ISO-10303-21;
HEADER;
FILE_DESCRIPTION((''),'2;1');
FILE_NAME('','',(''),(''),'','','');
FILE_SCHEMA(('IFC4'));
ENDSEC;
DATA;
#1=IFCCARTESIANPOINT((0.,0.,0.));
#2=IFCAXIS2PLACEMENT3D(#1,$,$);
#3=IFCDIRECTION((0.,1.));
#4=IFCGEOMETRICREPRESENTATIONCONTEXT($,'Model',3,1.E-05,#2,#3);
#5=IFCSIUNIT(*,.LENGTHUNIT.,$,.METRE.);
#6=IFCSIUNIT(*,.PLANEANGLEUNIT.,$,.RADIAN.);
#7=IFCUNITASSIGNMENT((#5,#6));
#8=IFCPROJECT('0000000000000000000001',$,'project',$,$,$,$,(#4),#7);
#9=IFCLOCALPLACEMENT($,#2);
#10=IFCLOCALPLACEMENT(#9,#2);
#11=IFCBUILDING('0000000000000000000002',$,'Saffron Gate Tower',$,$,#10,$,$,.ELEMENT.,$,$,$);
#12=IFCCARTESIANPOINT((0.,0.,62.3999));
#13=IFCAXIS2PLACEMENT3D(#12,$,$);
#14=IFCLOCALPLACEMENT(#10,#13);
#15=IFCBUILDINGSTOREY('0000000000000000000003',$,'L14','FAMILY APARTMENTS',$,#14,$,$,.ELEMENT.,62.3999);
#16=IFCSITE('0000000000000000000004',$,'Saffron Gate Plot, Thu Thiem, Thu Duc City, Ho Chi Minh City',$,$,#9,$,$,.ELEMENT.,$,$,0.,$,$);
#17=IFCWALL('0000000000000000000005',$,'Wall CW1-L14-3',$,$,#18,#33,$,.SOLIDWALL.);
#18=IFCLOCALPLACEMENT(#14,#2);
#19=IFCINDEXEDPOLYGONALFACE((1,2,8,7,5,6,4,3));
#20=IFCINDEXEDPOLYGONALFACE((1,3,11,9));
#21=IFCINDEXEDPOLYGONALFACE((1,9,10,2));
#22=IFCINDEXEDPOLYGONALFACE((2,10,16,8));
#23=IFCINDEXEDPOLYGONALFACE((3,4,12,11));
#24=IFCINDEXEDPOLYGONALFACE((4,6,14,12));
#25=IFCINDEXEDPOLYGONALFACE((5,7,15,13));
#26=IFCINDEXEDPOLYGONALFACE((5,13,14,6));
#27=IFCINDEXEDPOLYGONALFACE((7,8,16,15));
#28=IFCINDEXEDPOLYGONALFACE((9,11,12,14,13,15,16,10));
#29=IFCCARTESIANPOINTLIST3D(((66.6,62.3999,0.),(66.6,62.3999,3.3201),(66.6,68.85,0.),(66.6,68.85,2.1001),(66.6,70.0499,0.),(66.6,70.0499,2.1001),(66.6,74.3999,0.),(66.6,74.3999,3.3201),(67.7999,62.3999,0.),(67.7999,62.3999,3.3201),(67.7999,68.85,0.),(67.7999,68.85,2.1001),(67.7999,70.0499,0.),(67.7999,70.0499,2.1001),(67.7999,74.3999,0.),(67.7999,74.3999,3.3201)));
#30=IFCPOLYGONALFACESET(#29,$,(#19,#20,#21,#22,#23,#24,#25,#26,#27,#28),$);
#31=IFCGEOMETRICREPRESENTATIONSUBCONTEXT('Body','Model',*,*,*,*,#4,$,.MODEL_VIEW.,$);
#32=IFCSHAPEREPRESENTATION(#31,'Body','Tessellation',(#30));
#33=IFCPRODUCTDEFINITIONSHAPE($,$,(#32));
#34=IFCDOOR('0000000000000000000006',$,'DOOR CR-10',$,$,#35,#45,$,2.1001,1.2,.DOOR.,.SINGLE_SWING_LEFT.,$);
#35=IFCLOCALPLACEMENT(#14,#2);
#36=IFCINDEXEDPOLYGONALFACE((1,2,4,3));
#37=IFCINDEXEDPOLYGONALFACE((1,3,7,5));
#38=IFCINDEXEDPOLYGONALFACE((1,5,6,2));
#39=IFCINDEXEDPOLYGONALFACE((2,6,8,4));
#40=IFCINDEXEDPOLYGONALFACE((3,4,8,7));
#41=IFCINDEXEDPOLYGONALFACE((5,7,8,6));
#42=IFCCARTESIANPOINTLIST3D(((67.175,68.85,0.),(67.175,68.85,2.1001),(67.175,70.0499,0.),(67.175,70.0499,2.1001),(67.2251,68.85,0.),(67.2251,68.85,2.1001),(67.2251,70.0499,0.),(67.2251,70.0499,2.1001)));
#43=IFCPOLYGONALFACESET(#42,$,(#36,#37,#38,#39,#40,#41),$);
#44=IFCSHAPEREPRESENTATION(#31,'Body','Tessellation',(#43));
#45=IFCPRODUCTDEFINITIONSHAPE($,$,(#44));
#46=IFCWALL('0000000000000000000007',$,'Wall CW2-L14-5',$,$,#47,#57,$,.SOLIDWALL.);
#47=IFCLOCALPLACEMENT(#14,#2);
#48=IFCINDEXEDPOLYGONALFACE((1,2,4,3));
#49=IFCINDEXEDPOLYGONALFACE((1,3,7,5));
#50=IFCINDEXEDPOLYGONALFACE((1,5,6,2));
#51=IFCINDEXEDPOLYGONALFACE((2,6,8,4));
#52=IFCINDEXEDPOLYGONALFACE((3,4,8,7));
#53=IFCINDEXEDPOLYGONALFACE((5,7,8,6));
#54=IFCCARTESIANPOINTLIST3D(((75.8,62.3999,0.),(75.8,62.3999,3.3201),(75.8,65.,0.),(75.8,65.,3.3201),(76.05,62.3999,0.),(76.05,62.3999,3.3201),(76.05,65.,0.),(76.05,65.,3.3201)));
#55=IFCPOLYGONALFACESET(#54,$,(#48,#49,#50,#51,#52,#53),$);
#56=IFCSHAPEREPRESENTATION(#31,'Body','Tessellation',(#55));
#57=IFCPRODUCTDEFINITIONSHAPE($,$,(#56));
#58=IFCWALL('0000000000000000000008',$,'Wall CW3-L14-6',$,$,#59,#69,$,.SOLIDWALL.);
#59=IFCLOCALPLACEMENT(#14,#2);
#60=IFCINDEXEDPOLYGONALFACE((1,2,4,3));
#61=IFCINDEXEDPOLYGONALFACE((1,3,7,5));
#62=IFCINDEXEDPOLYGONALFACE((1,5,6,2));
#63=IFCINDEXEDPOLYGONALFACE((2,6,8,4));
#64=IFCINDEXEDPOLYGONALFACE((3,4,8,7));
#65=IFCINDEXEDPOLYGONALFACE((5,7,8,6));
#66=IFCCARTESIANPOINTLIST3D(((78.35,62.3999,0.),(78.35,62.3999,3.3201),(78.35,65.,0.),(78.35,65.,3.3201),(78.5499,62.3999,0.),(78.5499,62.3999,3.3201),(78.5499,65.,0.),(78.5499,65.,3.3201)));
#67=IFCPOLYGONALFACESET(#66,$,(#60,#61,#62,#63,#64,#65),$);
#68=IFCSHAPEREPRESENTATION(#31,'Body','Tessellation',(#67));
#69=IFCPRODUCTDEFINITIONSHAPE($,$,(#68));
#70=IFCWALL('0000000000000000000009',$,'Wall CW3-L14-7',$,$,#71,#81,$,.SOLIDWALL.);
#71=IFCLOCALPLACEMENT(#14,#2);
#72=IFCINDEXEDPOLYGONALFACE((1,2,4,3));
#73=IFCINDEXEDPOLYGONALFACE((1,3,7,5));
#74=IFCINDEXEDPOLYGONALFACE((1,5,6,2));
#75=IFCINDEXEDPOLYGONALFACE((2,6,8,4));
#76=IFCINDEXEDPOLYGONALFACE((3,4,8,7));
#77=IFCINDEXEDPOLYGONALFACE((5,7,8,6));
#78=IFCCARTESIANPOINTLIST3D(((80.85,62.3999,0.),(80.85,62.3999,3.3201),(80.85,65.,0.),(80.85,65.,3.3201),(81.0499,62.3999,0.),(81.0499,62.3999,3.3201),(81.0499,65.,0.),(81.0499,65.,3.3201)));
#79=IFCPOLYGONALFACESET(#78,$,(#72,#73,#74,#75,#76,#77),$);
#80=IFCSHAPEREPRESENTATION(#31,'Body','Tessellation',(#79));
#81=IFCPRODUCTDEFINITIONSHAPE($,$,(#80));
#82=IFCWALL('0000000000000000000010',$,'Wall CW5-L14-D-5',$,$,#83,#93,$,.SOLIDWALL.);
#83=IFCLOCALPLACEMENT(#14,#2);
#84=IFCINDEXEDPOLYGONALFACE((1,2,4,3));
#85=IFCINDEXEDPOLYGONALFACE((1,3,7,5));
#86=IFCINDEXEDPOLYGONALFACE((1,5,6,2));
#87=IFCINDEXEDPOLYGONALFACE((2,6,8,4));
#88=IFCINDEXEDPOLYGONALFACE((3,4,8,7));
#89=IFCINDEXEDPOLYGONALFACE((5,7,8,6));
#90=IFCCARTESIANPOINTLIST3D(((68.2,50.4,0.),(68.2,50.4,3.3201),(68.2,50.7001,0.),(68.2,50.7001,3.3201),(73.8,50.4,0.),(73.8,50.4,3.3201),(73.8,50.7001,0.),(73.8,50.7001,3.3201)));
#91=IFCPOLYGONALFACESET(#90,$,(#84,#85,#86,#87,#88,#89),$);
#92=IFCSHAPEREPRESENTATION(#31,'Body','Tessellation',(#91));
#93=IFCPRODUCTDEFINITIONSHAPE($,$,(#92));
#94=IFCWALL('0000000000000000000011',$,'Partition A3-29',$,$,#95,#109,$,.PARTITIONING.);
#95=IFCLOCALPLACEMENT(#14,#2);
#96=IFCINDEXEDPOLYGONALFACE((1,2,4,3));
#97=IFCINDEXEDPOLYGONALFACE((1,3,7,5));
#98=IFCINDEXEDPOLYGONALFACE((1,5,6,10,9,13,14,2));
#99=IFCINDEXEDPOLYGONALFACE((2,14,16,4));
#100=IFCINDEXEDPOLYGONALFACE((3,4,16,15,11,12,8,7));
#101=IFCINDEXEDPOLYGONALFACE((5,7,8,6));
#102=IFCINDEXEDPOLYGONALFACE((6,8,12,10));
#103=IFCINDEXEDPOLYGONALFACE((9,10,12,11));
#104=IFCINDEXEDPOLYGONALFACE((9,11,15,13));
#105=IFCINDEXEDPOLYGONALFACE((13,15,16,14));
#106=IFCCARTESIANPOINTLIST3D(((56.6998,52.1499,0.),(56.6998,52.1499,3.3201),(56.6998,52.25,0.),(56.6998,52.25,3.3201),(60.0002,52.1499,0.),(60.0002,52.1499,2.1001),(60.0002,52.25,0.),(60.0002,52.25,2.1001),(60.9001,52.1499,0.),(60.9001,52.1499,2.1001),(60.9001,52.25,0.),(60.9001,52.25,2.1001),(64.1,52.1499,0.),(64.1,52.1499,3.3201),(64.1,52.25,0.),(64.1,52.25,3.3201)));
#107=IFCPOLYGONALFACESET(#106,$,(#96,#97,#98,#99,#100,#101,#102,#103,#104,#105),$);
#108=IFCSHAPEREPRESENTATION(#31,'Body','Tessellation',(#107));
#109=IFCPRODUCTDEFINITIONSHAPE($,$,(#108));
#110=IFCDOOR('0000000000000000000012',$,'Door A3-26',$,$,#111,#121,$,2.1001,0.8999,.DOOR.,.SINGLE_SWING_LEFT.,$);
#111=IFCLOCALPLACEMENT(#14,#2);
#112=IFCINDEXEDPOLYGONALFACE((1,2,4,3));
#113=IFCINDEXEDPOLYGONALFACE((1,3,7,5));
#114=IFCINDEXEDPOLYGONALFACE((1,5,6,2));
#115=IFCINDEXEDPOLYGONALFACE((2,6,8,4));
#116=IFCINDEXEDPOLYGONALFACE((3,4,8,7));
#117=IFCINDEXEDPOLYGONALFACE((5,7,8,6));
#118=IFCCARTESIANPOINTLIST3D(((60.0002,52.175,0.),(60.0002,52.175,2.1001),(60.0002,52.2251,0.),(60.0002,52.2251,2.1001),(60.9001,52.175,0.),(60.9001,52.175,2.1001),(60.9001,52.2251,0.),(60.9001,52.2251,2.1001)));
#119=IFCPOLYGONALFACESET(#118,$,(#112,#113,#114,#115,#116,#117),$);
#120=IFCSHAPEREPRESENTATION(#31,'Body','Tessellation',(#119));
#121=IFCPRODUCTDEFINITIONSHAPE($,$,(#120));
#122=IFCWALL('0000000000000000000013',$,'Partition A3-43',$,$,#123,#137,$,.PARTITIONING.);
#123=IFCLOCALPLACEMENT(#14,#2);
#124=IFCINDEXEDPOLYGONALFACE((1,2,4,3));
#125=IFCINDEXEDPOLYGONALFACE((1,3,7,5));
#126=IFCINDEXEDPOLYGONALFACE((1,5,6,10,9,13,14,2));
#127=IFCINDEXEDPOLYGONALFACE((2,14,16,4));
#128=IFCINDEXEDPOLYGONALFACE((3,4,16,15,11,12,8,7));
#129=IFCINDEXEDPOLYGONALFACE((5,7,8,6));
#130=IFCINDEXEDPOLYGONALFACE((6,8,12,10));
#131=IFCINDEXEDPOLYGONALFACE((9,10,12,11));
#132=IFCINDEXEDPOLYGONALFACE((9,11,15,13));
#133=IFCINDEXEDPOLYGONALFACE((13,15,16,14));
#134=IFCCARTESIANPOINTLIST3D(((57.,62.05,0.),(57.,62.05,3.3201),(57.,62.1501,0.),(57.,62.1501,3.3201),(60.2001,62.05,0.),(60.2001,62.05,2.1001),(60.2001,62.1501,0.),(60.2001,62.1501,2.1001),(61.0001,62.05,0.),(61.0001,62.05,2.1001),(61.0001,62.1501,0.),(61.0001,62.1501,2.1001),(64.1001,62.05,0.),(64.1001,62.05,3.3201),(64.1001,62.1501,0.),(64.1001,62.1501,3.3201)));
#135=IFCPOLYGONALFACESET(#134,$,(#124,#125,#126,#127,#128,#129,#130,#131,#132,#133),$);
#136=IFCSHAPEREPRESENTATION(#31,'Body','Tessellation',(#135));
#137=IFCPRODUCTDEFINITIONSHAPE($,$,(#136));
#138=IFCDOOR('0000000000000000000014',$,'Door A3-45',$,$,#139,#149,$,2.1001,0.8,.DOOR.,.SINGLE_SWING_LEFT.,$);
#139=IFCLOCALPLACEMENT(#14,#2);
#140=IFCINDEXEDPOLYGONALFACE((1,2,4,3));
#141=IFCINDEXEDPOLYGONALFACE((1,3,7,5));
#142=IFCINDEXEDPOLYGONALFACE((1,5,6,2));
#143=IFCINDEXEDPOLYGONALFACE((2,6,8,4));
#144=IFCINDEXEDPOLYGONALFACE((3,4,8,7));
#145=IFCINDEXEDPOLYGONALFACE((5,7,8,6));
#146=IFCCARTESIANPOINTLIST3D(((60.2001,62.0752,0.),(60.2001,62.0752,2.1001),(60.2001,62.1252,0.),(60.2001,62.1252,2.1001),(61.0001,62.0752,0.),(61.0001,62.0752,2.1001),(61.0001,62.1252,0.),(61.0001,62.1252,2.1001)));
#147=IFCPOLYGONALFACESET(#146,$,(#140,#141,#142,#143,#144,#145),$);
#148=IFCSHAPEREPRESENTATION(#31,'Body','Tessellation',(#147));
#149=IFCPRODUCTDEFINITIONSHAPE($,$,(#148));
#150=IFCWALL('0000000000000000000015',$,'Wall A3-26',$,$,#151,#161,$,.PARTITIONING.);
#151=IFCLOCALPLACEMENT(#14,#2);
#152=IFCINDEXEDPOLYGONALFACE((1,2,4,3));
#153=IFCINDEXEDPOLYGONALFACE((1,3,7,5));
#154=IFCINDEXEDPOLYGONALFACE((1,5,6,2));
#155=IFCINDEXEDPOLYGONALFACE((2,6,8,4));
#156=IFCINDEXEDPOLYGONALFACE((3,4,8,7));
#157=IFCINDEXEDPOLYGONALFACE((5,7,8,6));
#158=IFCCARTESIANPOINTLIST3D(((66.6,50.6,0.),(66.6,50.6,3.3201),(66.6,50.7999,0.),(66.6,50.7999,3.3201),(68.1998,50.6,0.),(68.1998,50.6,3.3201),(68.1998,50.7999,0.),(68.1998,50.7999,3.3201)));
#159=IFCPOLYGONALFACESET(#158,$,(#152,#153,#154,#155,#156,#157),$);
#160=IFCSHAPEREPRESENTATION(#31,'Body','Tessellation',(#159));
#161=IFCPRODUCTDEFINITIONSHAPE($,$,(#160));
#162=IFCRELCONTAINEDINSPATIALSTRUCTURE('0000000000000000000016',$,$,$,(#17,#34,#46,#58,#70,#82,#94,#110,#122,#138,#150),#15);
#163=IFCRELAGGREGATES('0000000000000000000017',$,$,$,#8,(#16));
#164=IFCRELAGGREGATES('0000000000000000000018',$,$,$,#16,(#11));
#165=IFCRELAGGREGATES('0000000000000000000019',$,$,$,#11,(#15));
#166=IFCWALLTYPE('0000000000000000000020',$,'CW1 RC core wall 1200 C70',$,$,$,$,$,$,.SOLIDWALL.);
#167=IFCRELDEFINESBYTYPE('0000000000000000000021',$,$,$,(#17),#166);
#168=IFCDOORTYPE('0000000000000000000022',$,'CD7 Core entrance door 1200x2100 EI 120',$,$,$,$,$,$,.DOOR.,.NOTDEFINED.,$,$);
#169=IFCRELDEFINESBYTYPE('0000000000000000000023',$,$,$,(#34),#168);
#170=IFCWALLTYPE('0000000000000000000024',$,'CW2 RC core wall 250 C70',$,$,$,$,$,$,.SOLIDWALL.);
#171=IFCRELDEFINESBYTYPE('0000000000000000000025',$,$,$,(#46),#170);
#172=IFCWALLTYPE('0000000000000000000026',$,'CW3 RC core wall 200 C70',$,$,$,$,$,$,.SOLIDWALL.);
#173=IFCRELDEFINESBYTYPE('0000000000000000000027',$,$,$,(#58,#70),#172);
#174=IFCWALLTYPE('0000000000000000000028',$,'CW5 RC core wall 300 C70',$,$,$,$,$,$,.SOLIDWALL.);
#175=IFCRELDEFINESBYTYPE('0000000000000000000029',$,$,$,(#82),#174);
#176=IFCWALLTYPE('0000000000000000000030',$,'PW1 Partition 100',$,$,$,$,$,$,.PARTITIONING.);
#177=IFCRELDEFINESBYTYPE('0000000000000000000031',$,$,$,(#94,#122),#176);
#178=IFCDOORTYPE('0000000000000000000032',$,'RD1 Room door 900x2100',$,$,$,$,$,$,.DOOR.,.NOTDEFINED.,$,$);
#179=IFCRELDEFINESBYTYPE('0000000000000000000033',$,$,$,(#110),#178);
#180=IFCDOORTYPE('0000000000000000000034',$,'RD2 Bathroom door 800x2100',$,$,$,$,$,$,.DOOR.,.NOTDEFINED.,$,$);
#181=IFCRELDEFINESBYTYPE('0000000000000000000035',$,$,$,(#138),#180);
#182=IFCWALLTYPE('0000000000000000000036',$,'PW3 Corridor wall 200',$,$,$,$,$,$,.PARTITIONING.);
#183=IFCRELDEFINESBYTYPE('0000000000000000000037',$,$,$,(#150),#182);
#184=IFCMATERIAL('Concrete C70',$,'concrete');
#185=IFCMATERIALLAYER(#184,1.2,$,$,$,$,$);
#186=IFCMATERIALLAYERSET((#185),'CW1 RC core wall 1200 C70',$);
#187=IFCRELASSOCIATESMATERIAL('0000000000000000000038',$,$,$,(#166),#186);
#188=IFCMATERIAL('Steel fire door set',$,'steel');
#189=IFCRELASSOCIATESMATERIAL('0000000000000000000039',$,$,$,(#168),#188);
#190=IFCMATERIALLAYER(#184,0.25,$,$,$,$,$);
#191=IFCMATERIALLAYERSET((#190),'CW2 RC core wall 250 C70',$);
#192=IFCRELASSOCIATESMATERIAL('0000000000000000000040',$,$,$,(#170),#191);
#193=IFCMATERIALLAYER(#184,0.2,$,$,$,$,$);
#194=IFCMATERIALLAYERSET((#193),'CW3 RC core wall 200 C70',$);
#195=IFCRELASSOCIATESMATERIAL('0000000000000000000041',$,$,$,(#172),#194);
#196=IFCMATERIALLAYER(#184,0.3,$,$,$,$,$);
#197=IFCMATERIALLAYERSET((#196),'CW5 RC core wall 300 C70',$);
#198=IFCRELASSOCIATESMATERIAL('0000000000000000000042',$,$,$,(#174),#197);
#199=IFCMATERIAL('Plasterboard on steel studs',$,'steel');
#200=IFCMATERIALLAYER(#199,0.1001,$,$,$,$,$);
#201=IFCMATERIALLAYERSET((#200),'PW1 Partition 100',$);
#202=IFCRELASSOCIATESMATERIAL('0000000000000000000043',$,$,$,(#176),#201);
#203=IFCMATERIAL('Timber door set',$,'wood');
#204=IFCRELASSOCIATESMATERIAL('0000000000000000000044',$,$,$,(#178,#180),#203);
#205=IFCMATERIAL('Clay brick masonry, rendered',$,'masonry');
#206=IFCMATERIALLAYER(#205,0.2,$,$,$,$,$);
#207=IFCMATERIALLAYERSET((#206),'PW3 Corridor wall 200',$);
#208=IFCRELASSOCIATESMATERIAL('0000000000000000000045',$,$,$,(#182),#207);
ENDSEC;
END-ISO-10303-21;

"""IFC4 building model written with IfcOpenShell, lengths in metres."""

from ifc_helpers import new_model, si_unit, direction, frame, frame_2d, origin, place, context, subcontext, project, spatial, rectangle, extrude, material, layer, layer_set, type_object, element, fill, save


model = new_model("IFC4")

# Units and contexts
model_context = context("Model", 3, precision=1e-05, world=origin(), true_north=direction((0.0, 1.0)))
body_context = subcontext(model_context, "Body", "Model", "MODEL_VIEW")
ifc_project = project(units=[si_unit("LENGTHUNIT", "METRE"), si_unit("PLANEANGLEUNIT", "RADIAN")], contexts=[model_context])

# Site, building, storey
site_placement = place(None, origin())
site = spatial("IfcSite", under=ifc_project, at=site_placement, Name="Saffron Gate Plot, Thu Thiem, Thu Duc City, Ho Chi Minh City", CompositionType="ELEMENT", RefElevation=0.0)
building_placement = place(site_placement, origin())
building = spatial("IfcBuilding", under=site, at=building_placement, Name="Saffron Gate Tower", CompositionType="ELEMENT")
storey_placement = place(building_placement, frame((0.0, 0.0, 62.3999)))
storey = spatial("IfcBuildingStorey", under=building, at=storey_placement, Name="L14", Description="FAMILY APARTMENTS", CompositionType="ELEMENT", Elevation=62.3999)

# Wall, opening, door
ifc_material_1 = material(Name="Concrete C70", Category="concrete")
ifc_layer_1 = layer(ifc_material_1, 1.2)
ifc_layer_set_1 = layer_set([ifc_layer_1], Name="CW1 RC core wall 1200 C70")
wall_type_1 = type_object("IfcWallType", Name="CW1 RC core wall 1200 C70", PredefinedType="SOLIDWALL", material=ifc_layer_set_1)
ifc_material_2 = material(Name="Steel fire door set", Category="steel")
wall_1_placement = place(storey_placement, frame((67.2, 62.3999, 0.0), z_axis=(0.0, 0.0, 1.0), x_axis=(0.0, 1.0, 0.0)))
wall_1 = element("IfcWall", 1, at=wall_1_placement, inside=storey, type_object=wall_type_1, Name="Wall CW1-L14-3", PredefinedType="SOLIDWALL", context=body_context, shape_type="SweptSolid", body=[
    extrude(rectangle(XDim=12.0, YDim=1.2, at=frame_2d((6.0, 0.0))), origin(), (0.0, 0.0, 1.0), 3.3201),
])
opening_1_placement = place(wall_1_placement, frame((6.45, 0.0, 0.0)))
opening_1 = element("IfcOpeningElement", 2, at=opening_1_placement, cuts=wall_1, PredefinedType="OPENING", context=body_context, shape_type="SweptSolid", body=[
    extrude(rectangle(XDim=1.2, YDim=2.1001, at=frame_2d((0.6001, 1.05))), frame((0.0, 0.6099, 0.0), z_axis=(0.0, -1.0, 0.0), x_axis=(1.0, 0.0, 0.0)), (0.0, 0.0, 1.0), 1.22),
])
door_type_1 = type_object("IfcDoorType", Name="CD7 Core entrance door 1200x2100 EI 120", OperationType="NOTDEFINED", PredefinedType="DOOR", material=ifc_material_2)
door_1_placement = place(opening_1_placement, origin())
door_1 = element("IfcDoor", 3, at=door_1_placement, inside=storey, type_object=door_type_1, Name="DOOR CR-10", OperationType="SINGLE_SWING_LEFT", OverallHeight=2.1001, OverallWidth=1.2, PredefinedType="DOOR", context=body_context, shape_type="SweptSolid", body=[
    extrude(rectangle(XDim=1.2, YDim=2.1001, at=frame_2d((0.6001, 1.05))), frame((0.0, 0.0249, 0.0), z_axis=(0.0, -1.0, 0.0), x_axis=(1.0, 0.0, 0.0)), (0.0, 0.0, 1.0), 0.05),
])
fill(opening_1, door_1)

# Walls
ifc_layer_2 = layer(ifc_material_1, 0.25)
ifc_layer_set_2 = layer_set([ifc_layer_2], Name="CW2 RC core wall 250 C70")
wall_type_2 = type_object("IfcWallType", Name="CW2 RC core wall 250 C70", PredefinedType="SOLIDWALL", material=ifc_layer_set_2)
wall_2_placement = place(storey_placement, frame((75.925, 62.3999, 0.0), z_axis=(0.0, 0.0, 1.0), x_axis=(0.0, 1.0, 0.0)))
element("IfcWall", 4, at=wall_2_placement, inside=storey, type_object=wall_type_2, Name="Wall CW2-L14-5", PredefinedType="SOLIDWALL", context=body_context, shape_type="SweptSolid", body=[
    extrude(rectangle(XDim=2.6001, YDim=0.25, at=frame_2d((1.3, 0.0))), origin(), (0.0, 0.0, 1.0), 3.3201),
])
ifc_layer_3 = layer(ifc_material_1, 0.2)
ifc_layer_set_3 = layer_set([ifc_layer_3], Name="CW3 RC core wall 200 C70")
wall_type_3 = type_object("IfcWallType", Name="CW3 RC core wall 200 C70", PredefinedType="SOLIDWALL", material=ifc_layer_set_3)
for number, where, z_axis, x_axis, name in (
    (5, (78.45, 62.3999, 0.0), (0.0, 0.0, 1.0), (0.0, 1.0, 0.0), "Wall CW3-L14-6"),
    (6, (80.95, 62.3999, 0.0), (0.0, 0.0, 1.0), (0.0, 1.0, 0.0), "Wall CW3-L14-7"),
):
    element("IfcWall", number, at=place(storey_placement, frame(where, z_axis=z_axis, x_axis=x_axis)), inside=storey, type_object=wall_type_3, Name=name, PredefinedType="SOLIDWALL", context=body_context, shape_type="SweptSolid", body=[
        extrude(rectangle(XDim=2.6001, YDim=0.2, at=frame_2d((1.3, 0.0))), origin(), (0.0, 0.0, 1.0), 3.3201),
    ])
ifc_layer_4 = layer(ifc_material_1, 0.3)
ifc_layer_set_4 = layer_set([ifc_layer_4], Name="CW5 RC core wall 300 C70")
wall_type_4 = type_object("IfcWallType", Name="CW5 RC core wall 300 C70", PredefinedType="SOLIDWALL", material=ifc_layer_set_4)
wall_3_placement = place(storey_placement, frame((68.2, 50.55, 0.0), z_axis=(0.0, 0.0, 1.0), x_axis=(1.0, 0.0, 0.0)))
element("IfcWall", 7, at=wall_3_placement, inside=storey, type_object=wall_type_4, Name="Wall CW5-L14-D-5", PredefinedType="SOLIDWALL", context=body_context, shape_type="SweptSolid", body=[
    extrude(rectangle(XDim=5.6001, YDim=0.3, at=frame_2d((2.8, 0.0))), origin(), (0.0, 0.0, 1.0), 3.3201),
])

# Walls, openings, doors
ifc_material_3 = material(Name="Plasterboard on steel studs", Category="steel")
ifc_layer_5 = layer(ifc_material_3, 0.1001)
ifc_layer_set_5 = layer_set([ifc_layer_5], Name="PW1 Partition 100")
wall_type_5 = type_object("IfcWallType", Name="PW1 Partition 100", PredefinedType="PARTITIONING", material=ifc_layer_set_5)
wall_4_placement = place(storey_placement, frame((64.1001, 52.2, 0.0), z_axis=(0.0, 0.0, 1.0), x_axis=(-1.0, 0.0, 0.0)))
wall_4 = element("IfcWall", 8, at=wall_4_placement, inside=storey, type_object=wall_type_5, Name="Partition A3-29", PredefinedType="PARTITIONING", context=body_context, shape_type="SweptSolid", body=[
    extrude(rectangle(XDim=7.4001, YDim=0.1001, at=frame_2d((3.7002, 0.0))), origin(), (0.0, 0.0, 1.0), 3.3201),
])
opening_2_placement = place(wall_4_placement, frame((3.2, 0.0, 0.0)))
opening_2 = element("IfcOpeningElement", 9, at=opening_2_placement, cuts=wall_4, PredefinedType="OPENING", context=body_context, shape_type="SweptSolid", body=[
    extrude(rectangle(XDim=0.8999, YDim=2.1001, at=frame_2d((0.45, 1.05))), frame((0.0, 0.0601, 0.0), z_axis=(0.0, -1.0, 0.0), x_axis=(1.0, 0.0, 0.0)), (0.0, 0.0, 1.0), 0.1201),
])
ifc_material_4 = material(Name="Timber door set", Category="wood")
door_type_2 = type_object("IfcDoorType", Name="RD1 Room door 900x2100", OperationType="NOTDEFINED", PredefinedType="DOOR", material=ifc_material_4)
door_2_placement = place(opening_2_placement, origin())
door_2 = element("IfcDoor", 10, at=door_2_placement, inside=storey, type_object=door_type_2, Name="Door A3-26", OperationType="SINGLE_SWING_LEFT", OverallHeight=2.1001, OverallWidth=0.8999, PredefinedType="DOOR", context=body_context, shape_type="SweptSolid", body=[
    extrude(rectangle(XDim=0.8999, YDim=2.1001, at=frame_2d((0.45, 1.05))), frame((0.0, 0.0249, 0.0), z_axis=(0.0, -1.0, 0.0), x_axis=(1.0, 0.0, 0.0)), (0.0, 0.0, 1.0), 0.05),
])
fill(opening_2, door_2)
wall_5_placement = place(storey_placement, frame((64.1001, 62.1001, 0.0), z_axis=(0.0, 0.0, 1.0), x_axis=(-1.0, 0.0, 0.0)))
wall_5 = element("IfcWall", 11, at=wall_5_placement, inside=storey, type_object=wall_type_5, Name="Partition A3-43", PredefinedType="PARTITIONING", context=body_context, shape_type="SweptSolid", body=[
    extrude(rectangle(XDim=7.1001, YDim=0.1001, at=frame_2d((3.55, 0.0))), origin(), (0.0, 0.0, 1.0), 3.3201),
])
opening_3_placement = place(wall_5_placement, frame((3.1001, 0.0, 0.0)))
opening_3 = element("IfcOpeningElement", 12, at=opening_3_placement, cuts=wall_5, PredefinedType="OPENING", context=body_context, shape_type="SweptSolid", body=[
    extrude(rectangle(XDim=0.8, YDim=2.1001, at=frame_2d((0.3999, 1.05))), frame((0.0, 0.0601, 0.0), z_axis=(0.0, -1.0, 0.0), x_axis=(1.0, 0.0, 0.0)), (0.0, 0.0, 1.0), 0.1201),
])
door_type_3 = type_object("IfcDoorType", Name="RD2 Bathroom door 800x2100", OperationType="NOTDEFINED", PredefinedType="DOOR", material=ifc_material_4)
door_3_placement = place(opening_3_placement, origin())
door_3 = element("IfcDoor", 13, at=door_3_placement, inside=storey, type_object=door_type_3, Name="Door A3-45", OperationType="SINGLE_SWING_LEFT", OverallHeight=2.1001, OverallWidth=0.8, PredefinedType="DOOR", context=body_context, shape_type="SweptSolid", body=[
    extrude(rectangle(XDim=0.8, YDim=2.1001, at=frame_2d((0.3999, 1.05))), frame((0.0, 0.0249, 0.0), z_axis=(0.0, -1.0, 0.0), x_axis=(1.0, 0.0, 0.0)), (0.0, 0.0, 1.0), 0.05),
])
fill(opening_3, door_3)

# Wall
ifc_material_5 = material(Name="Clay brick masonry, rendered", Category="masonry")
ifc_layer_6 = layer(ifc_material_5, 0.2)
ifc_layer_set_6 = layer_set([ifc_layer_6], Name="PW3 Corridor wall 200")
wall_type_6 = type_object("IfcWallType", Name="PW3 Corridor wall 200", PredefinedType="PARTITIONING", material=ifc_layer_set_6)
wall_6_placement = place(storey_placement, frame((66.6001, 50.7, 0.0), z_axis=(0.0, 0.0, 1.0), x_axis=(1.0, 0.0, 0.0)))
element("IfcWall", 14, at=wall_6_placement, inside=storey, type_object=wall_type_6, Name="Wall A3-26", PredefinedType="PARTITIONING", context=body_context, shape_type="SweptSolid", body=[
    extrude(rectangle(XDim=1.5999, YDim=0.2, at=frame_2d((0.7998, 0.0))), origin(), (0.0, 0.0, 1.0), 3.3201),
])

save(model, "model.ifc")
